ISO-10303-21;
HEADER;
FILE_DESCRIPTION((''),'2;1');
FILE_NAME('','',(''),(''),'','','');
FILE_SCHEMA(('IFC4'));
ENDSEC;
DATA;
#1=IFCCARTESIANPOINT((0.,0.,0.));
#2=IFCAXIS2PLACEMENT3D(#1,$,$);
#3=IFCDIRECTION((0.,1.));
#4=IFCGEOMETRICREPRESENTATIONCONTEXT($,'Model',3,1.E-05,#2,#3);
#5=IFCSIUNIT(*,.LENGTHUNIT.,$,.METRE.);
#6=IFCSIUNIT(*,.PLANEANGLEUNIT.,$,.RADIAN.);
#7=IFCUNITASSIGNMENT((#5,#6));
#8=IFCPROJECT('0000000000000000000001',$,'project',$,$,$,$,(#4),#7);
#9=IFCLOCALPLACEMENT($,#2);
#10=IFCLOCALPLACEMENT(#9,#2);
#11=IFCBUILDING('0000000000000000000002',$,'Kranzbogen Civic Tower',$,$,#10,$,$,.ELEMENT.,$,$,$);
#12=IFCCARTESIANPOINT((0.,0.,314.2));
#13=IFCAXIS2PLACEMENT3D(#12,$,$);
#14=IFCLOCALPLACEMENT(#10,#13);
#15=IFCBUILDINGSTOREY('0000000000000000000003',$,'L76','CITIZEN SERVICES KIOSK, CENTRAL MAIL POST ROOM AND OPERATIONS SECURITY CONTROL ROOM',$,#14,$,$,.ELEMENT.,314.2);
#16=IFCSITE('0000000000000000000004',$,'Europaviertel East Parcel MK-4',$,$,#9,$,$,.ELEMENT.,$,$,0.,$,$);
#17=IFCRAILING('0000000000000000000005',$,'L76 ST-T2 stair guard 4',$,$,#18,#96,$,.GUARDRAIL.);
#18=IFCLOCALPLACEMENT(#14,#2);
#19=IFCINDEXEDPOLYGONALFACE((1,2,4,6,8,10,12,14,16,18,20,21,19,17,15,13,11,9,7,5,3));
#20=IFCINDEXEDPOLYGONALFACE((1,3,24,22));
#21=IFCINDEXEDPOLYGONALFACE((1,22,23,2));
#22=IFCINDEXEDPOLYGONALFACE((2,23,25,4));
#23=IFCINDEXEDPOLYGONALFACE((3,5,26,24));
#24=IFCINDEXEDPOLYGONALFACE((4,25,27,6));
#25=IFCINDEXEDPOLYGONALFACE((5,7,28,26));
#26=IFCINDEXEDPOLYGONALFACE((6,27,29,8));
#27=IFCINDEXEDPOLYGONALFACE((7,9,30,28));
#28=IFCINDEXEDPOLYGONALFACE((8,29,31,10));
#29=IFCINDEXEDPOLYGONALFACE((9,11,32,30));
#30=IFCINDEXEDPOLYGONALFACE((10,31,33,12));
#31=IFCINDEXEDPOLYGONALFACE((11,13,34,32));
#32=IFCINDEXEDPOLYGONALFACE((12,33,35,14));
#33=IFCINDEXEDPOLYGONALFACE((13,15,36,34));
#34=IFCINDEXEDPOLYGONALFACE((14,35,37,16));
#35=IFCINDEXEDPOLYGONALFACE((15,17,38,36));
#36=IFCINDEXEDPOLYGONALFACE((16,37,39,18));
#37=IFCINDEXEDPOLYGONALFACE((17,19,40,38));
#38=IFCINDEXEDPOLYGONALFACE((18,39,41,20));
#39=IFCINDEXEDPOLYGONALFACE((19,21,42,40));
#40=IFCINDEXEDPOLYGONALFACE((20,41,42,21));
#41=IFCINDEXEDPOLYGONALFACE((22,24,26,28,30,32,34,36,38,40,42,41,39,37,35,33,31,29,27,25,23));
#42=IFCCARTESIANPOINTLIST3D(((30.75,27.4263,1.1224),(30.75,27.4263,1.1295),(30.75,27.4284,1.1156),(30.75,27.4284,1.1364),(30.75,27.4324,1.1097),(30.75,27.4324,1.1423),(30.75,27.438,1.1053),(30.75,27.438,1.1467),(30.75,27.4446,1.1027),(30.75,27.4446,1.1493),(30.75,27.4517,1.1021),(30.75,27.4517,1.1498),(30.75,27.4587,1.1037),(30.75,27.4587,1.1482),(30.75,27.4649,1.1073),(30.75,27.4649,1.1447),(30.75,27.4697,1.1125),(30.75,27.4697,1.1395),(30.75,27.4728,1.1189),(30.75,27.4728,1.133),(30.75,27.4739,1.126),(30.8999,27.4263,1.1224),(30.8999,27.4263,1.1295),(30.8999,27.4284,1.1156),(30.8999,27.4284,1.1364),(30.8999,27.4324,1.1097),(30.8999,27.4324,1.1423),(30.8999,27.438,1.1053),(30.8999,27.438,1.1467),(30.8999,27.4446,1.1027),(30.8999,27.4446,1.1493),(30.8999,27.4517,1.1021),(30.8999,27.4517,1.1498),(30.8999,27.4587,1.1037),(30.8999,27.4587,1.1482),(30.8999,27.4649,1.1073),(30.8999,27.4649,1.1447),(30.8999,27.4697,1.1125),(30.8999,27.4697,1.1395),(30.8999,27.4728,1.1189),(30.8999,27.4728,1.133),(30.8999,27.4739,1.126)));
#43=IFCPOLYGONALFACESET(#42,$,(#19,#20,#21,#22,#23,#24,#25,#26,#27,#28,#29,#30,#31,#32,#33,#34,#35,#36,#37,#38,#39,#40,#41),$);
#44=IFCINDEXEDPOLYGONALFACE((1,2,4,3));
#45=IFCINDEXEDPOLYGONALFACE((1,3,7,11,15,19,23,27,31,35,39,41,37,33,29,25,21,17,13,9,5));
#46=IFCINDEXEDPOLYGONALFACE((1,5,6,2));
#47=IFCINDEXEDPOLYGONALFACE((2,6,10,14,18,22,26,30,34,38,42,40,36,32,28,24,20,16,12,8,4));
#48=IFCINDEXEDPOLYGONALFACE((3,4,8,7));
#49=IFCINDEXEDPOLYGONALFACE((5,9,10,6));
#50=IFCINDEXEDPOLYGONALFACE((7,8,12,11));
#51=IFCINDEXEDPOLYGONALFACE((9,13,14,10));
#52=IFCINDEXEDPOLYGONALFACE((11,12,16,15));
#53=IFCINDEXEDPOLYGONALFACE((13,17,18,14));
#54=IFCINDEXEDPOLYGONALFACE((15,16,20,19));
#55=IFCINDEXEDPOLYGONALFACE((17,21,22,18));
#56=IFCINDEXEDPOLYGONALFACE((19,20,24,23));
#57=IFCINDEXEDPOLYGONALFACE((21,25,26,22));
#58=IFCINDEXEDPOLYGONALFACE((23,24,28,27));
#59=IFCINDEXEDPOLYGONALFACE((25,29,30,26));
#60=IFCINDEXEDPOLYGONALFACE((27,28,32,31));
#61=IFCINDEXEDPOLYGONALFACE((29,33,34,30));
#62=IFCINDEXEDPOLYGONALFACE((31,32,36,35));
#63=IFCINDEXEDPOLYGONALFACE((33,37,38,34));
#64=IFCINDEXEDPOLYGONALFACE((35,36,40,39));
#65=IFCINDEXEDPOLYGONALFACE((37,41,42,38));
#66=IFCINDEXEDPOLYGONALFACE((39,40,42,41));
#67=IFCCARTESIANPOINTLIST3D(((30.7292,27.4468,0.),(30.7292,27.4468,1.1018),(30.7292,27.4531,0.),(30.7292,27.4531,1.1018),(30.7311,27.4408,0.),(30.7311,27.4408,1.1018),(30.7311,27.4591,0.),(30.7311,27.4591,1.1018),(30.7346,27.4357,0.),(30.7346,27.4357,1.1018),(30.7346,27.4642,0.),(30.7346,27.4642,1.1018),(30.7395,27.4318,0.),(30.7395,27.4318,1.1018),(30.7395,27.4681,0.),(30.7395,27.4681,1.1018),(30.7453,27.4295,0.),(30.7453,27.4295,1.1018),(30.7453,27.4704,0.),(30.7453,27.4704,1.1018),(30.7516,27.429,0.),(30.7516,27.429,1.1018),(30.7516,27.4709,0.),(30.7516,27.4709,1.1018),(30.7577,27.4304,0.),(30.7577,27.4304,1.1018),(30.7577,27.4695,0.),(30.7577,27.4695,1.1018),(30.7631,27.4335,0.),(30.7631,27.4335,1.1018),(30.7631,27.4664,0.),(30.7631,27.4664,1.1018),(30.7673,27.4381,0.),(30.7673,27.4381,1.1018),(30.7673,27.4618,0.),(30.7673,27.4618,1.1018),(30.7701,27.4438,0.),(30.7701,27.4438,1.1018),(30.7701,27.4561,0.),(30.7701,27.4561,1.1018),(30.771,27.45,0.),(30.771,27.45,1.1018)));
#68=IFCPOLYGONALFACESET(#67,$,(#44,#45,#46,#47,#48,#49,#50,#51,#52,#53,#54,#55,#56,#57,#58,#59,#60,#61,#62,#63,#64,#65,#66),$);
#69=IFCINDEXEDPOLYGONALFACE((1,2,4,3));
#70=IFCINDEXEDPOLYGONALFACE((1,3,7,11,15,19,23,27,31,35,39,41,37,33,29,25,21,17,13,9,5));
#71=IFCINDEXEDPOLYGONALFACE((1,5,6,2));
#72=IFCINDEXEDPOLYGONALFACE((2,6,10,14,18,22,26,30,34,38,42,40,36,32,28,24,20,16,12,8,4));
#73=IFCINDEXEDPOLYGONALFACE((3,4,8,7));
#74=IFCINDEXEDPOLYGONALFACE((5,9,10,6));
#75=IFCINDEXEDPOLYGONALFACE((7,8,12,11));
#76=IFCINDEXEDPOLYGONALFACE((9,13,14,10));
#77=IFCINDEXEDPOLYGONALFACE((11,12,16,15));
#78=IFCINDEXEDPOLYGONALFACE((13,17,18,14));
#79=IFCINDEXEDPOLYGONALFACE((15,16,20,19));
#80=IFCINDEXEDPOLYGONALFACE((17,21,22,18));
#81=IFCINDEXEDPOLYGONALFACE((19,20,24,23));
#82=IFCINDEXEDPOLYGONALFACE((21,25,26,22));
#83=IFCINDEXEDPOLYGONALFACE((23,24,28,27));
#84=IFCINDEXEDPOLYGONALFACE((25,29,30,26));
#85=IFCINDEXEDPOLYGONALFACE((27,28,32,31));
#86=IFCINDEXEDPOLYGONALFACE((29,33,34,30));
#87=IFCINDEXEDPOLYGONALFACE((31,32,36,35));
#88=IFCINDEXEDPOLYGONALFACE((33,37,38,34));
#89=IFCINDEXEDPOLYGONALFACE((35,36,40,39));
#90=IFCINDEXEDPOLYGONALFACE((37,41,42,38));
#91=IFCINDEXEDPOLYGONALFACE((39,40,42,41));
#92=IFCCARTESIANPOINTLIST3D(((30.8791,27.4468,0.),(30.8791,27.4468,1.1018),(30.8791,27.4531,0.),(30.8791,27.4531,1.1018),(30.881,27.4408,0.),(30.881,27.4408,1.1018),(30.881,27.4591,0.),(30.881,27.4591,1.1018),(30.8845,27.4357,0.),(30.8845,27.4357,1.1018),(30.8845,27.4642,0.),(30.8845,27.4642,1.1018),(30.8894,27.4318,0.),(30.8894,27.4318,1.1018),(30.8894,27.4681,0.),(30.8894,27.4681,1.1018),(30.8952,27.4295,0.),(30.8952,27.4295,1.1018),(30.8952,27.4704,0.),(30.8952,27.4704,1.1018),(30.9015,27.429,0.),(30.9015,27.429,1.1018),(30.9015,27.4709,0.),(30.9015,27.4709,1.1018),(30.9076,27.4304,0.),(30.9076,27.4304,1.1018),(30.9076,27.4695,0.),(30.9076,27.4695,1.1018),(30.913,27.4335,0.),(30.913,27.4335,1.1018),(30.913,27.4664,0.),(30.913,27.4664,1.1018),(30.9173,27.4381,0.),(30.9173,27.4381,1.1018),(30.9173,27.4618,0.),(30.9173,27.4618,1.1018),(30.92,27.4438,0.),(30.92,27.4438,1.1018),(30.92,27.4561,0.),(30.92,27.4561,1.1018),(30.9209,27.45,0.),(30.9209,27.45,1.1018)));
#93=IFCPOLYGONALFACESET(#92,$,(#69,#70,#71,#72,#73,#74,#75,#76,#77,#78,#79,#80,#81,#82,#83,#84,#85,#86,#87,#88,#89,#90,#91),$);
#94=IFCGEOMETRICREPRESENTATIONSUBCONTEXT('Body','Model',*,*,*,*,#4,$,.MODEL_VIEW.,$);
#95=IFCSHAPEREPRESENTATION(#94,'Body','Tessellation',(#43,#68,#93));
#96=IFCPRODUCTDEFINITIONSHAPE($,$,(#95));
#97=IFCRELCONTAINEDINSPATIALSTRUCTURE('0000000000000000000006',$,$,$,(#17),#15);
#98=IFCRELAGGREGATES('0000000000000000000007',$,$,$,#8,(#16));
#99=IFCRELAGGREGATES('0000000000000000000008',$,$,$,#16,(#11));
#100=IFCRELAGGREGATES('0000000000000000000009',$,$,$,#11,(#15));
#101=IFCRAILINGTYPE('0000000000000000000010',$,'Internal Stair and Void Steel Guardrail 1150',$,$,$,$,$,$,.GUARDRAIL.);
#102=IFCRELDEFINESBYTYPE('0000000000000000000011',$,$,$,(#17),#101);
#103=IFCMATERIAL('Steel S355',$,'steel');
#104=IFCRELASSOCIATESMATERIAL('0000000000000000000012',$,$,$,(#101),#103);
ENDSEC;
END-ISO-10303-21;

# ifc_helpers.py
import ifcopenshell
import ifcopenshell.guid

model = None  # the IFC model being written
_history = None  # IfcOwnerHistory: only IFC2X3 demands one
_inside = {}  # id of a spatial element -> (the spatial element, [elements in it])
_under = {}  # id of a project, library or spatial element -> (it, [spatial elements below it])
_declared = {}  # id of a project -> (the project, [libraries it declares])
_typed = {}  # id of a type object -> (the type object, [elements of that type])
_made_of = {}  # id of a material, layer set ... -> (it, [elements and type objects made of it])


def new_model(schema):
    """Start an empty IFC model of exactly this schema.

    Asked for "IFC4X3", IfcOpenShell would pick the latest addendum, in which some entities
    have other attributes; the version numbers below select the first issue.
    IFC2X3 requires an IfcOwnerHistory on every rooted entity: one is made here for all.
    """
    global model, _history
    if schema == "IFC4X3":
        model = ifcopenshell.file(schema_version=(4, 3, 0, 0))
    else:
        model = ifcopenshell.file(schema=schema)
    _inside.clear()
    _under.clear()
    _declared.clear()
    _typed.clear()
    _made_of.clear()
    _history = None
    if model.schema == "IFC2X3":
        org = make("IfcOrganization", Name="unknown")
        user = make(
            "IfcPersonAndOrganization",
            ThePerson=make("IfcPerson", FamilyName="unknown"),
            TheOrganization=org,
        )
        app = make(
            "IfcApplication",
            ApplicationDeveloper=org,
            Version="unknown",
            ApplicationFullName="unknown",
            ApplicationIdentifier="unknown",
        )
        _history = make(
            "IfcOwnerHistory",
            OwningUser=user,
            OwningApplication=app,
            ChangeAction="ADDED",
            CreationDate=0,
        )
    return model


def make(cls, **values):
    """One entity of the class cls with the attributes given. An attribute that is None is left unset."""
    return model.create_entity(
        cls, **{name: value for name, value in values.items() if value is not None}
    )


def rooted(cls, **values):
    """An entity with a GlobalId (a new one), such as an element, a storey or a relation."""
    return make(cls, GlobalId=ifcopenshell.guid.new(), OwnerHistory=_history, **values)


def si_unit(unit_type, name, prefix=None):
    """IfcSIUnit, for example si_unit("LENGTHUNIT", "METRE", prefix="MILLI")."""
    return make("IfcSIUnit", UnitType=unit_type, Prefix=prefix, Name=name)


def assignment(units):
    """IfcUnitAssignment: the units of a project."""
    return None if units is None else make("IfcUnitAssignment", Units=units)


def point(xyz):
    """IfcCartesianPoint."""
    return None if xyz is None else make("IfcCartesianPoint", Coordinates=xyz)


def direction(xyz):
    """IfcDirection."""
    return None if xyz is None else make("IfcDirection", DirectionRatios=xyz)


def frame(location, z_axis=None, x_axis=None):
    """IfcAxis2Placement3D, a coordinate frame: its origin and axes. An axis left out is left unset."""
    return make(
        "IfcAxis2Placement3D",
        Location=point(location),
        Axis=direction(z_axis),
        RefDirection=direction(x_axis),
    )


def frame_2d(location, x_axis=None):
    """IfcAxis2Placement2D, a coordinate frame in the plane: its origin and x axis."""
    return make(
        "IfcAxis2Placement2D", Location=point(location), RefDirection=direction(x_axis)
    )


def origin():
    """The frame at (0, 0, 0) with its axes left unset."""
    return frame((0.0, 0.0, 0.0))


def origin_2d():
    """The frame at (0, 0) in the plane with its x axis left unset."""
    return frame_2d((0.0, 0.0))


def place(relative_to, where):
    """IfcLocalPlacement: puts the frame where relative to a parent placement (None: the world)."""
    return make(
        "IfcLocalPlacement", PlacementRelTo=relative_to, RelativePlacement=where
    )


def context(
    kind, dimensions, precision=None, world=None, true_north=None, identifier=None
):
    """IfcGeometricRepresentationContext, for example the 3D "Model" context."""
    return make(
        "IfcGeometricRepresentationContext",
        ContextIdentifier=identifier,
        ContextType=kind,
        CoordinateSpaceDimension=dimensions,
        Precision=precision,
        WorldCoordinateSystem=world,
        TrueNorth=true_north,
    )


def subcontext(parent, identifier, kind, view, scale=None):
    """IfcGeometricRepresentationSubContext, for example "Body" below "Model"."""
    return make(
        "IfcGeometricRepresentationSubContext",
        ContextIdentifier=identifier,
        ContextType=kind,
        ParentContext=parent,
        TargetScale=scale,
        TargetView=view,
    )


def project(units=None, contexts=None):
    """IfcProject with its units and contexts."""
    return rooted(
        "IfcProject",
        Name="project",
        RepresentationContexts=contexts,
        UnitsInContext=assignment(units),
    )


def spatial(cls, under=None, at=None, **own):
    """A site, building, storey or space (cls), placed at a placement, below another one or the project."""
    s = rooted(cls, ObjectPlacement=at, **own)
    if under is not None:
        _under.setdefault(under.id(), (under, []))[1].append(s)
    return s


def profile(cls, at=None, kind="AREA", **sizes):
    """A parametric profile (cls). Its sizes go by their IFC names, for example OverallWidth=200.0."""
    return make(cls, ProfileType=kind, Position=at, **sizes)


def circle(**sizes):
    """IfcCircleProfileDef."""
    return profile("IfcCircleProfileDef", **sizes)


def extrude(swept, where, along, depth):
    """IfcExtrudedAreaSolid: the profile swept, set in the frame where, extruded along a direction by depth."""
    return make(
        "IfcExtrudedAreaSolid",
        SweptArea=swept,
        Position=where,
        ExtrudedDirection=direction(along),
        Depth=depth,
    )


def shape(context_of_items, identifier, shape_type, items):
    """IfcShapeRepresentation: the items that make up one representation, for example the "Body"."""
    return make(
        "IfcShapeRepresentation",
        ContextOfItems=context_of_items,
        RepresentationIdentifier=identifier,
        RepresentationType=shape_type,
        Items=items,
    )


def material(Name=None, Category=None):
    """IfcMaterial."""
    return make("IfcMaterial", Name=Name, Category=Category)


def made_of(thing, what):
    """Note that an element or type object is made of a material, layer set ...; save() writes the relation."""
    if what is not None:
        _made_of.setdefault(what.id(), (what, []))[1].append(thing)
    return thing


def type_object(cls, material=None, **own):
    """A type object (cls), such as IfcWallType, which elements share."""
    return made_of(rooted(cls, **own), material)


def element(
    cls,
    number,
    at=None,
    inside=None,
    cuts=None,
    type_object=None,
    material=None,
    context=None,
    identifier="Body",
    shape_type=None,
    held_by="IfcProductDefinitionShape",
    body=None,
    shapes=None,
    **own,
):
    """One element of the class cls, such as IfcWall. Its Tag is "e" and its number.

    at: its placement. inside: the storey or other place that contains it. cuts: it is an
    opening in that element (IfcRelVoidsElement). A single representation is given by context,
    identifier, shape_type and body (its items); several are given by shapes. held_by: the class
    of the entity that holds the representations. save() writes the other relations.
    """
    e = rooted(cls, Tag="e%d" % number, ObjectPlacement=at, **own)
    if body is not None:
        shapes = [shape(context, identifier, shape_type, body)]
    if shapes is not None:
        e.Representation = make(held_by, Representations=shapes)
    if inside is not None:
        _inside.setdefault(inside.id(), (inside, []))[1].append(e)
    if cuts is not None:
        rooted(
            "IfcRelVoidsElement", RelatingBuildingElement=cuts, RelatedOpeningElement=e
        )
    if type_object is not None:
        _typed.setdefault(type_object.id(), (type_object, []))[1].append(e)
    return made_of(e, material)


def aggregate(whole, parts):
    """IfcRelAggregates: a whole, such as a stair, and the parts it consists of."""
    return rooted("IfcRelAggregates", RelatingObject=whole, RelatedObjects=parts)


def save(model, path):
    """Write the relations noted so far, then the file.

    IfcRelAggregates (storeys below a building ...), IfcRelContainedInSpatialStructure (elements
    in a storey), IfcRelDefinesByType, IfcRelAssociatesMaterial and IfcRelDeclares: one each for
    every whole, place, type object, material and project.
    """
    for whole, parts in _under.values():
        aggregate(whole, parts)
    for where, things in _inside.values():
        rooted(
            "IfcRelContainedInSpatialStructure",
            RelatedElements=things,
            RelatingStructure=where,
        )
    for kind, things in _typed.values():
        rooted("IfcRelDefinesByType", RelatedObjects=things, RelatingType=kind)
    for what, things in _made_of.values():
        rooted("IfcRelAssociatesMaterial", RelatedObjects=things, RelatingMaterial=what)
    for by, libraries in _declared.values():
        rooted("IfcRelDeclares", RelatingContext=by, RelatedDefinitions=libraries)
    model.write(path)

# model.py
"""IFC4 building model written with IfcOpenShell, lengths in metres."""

from ifc_helpers import new_model, si_unit, direction, frame, origin, origin_2d, place, context, subcontext, project, spatial, circle, extrude, material, type_object, element, save


model = new_model("IFC4")

# Units and contexts
model_context = context("Model", 3, precision=1e-05, world=origin(), true_north=direction((0.0, 1.0)))
body_context = subcontext(model_context, "Body", "Model", "MODEL_VIEW")
ifc_project = project(units=[si_unit("LENGTHUNIT", "METRE"), si_unit("PLANEANGLEUNIT", "RADIAN")], contexts=[model_context])

# Site, building, storey
site_placement = place(None, origin())
site = spatial("IfcSite", under=ifc_project, at=site_placement, Name="Europaviertel East Parcel MK-4", CompositionType="ELEMENT", RefElevation=0.0)
building_placement = place(site_placement, origin())
building = spatial("IfcBuilding", under=site, at=building_placement, Name="Kranzbogen Civic Tower", CompositionType="ELEMENT")
storey_placement = place(building_placement, frame((0.0, 0.0, 314.2)))
storey = spatial("IfcBuildingStorey", under=building, at=storey_placement, Name="L76", Description="CITIZEN SERVICES KIOSK, CENTRAL MAIL POST ROOM AND OPERATIONS SECURITY CONTROL ROOM", CompositionType="ELEMENT", Elevation=314.2)

# Shared definitions
ifc_material_1 = material(Name="Steel S355", Category="steel")

# Railing
railing_type_1 = type_object("IfcRailingType", Name="Internal Stair and Void Steel Guardrail 1150", PredefinedType="GUARDRAIL", material=ifc_material_1)
railing_1_placement = place(storey_placement, frame((30.75, 27.45, 0.0)))
element("IfcRailing", 1, at=railing_1_placement, inside=storey, type_object=railing_type_1, Name="L76 ST-T2 stair guard 4", PredefinedType="GUARDRAIL", context=body_context, shape_type="SweptSolid", body=[
    extrude(circle(Radius=0.0239, at=origin_2d()), frame((0.0, 0.0, 1.126), z_axis=(1.0, 0.0, 0.0), x_axis=(0.0, 1.0, 0.0)), (0.0, 0.0, 1.0), 0.1499),
    extrude(circle(Radius=0.021, at=origin_2d()), origin(), (0.0, 0.0, 1.0), 1.1018),
    extrude(circle(Radius=0.021, at=origin_2d()), frame((0.1499, 0.0, 0.0)), (0.0, 0.0, 1.0), 1.1018),
])

save(model, "model.ifc")
